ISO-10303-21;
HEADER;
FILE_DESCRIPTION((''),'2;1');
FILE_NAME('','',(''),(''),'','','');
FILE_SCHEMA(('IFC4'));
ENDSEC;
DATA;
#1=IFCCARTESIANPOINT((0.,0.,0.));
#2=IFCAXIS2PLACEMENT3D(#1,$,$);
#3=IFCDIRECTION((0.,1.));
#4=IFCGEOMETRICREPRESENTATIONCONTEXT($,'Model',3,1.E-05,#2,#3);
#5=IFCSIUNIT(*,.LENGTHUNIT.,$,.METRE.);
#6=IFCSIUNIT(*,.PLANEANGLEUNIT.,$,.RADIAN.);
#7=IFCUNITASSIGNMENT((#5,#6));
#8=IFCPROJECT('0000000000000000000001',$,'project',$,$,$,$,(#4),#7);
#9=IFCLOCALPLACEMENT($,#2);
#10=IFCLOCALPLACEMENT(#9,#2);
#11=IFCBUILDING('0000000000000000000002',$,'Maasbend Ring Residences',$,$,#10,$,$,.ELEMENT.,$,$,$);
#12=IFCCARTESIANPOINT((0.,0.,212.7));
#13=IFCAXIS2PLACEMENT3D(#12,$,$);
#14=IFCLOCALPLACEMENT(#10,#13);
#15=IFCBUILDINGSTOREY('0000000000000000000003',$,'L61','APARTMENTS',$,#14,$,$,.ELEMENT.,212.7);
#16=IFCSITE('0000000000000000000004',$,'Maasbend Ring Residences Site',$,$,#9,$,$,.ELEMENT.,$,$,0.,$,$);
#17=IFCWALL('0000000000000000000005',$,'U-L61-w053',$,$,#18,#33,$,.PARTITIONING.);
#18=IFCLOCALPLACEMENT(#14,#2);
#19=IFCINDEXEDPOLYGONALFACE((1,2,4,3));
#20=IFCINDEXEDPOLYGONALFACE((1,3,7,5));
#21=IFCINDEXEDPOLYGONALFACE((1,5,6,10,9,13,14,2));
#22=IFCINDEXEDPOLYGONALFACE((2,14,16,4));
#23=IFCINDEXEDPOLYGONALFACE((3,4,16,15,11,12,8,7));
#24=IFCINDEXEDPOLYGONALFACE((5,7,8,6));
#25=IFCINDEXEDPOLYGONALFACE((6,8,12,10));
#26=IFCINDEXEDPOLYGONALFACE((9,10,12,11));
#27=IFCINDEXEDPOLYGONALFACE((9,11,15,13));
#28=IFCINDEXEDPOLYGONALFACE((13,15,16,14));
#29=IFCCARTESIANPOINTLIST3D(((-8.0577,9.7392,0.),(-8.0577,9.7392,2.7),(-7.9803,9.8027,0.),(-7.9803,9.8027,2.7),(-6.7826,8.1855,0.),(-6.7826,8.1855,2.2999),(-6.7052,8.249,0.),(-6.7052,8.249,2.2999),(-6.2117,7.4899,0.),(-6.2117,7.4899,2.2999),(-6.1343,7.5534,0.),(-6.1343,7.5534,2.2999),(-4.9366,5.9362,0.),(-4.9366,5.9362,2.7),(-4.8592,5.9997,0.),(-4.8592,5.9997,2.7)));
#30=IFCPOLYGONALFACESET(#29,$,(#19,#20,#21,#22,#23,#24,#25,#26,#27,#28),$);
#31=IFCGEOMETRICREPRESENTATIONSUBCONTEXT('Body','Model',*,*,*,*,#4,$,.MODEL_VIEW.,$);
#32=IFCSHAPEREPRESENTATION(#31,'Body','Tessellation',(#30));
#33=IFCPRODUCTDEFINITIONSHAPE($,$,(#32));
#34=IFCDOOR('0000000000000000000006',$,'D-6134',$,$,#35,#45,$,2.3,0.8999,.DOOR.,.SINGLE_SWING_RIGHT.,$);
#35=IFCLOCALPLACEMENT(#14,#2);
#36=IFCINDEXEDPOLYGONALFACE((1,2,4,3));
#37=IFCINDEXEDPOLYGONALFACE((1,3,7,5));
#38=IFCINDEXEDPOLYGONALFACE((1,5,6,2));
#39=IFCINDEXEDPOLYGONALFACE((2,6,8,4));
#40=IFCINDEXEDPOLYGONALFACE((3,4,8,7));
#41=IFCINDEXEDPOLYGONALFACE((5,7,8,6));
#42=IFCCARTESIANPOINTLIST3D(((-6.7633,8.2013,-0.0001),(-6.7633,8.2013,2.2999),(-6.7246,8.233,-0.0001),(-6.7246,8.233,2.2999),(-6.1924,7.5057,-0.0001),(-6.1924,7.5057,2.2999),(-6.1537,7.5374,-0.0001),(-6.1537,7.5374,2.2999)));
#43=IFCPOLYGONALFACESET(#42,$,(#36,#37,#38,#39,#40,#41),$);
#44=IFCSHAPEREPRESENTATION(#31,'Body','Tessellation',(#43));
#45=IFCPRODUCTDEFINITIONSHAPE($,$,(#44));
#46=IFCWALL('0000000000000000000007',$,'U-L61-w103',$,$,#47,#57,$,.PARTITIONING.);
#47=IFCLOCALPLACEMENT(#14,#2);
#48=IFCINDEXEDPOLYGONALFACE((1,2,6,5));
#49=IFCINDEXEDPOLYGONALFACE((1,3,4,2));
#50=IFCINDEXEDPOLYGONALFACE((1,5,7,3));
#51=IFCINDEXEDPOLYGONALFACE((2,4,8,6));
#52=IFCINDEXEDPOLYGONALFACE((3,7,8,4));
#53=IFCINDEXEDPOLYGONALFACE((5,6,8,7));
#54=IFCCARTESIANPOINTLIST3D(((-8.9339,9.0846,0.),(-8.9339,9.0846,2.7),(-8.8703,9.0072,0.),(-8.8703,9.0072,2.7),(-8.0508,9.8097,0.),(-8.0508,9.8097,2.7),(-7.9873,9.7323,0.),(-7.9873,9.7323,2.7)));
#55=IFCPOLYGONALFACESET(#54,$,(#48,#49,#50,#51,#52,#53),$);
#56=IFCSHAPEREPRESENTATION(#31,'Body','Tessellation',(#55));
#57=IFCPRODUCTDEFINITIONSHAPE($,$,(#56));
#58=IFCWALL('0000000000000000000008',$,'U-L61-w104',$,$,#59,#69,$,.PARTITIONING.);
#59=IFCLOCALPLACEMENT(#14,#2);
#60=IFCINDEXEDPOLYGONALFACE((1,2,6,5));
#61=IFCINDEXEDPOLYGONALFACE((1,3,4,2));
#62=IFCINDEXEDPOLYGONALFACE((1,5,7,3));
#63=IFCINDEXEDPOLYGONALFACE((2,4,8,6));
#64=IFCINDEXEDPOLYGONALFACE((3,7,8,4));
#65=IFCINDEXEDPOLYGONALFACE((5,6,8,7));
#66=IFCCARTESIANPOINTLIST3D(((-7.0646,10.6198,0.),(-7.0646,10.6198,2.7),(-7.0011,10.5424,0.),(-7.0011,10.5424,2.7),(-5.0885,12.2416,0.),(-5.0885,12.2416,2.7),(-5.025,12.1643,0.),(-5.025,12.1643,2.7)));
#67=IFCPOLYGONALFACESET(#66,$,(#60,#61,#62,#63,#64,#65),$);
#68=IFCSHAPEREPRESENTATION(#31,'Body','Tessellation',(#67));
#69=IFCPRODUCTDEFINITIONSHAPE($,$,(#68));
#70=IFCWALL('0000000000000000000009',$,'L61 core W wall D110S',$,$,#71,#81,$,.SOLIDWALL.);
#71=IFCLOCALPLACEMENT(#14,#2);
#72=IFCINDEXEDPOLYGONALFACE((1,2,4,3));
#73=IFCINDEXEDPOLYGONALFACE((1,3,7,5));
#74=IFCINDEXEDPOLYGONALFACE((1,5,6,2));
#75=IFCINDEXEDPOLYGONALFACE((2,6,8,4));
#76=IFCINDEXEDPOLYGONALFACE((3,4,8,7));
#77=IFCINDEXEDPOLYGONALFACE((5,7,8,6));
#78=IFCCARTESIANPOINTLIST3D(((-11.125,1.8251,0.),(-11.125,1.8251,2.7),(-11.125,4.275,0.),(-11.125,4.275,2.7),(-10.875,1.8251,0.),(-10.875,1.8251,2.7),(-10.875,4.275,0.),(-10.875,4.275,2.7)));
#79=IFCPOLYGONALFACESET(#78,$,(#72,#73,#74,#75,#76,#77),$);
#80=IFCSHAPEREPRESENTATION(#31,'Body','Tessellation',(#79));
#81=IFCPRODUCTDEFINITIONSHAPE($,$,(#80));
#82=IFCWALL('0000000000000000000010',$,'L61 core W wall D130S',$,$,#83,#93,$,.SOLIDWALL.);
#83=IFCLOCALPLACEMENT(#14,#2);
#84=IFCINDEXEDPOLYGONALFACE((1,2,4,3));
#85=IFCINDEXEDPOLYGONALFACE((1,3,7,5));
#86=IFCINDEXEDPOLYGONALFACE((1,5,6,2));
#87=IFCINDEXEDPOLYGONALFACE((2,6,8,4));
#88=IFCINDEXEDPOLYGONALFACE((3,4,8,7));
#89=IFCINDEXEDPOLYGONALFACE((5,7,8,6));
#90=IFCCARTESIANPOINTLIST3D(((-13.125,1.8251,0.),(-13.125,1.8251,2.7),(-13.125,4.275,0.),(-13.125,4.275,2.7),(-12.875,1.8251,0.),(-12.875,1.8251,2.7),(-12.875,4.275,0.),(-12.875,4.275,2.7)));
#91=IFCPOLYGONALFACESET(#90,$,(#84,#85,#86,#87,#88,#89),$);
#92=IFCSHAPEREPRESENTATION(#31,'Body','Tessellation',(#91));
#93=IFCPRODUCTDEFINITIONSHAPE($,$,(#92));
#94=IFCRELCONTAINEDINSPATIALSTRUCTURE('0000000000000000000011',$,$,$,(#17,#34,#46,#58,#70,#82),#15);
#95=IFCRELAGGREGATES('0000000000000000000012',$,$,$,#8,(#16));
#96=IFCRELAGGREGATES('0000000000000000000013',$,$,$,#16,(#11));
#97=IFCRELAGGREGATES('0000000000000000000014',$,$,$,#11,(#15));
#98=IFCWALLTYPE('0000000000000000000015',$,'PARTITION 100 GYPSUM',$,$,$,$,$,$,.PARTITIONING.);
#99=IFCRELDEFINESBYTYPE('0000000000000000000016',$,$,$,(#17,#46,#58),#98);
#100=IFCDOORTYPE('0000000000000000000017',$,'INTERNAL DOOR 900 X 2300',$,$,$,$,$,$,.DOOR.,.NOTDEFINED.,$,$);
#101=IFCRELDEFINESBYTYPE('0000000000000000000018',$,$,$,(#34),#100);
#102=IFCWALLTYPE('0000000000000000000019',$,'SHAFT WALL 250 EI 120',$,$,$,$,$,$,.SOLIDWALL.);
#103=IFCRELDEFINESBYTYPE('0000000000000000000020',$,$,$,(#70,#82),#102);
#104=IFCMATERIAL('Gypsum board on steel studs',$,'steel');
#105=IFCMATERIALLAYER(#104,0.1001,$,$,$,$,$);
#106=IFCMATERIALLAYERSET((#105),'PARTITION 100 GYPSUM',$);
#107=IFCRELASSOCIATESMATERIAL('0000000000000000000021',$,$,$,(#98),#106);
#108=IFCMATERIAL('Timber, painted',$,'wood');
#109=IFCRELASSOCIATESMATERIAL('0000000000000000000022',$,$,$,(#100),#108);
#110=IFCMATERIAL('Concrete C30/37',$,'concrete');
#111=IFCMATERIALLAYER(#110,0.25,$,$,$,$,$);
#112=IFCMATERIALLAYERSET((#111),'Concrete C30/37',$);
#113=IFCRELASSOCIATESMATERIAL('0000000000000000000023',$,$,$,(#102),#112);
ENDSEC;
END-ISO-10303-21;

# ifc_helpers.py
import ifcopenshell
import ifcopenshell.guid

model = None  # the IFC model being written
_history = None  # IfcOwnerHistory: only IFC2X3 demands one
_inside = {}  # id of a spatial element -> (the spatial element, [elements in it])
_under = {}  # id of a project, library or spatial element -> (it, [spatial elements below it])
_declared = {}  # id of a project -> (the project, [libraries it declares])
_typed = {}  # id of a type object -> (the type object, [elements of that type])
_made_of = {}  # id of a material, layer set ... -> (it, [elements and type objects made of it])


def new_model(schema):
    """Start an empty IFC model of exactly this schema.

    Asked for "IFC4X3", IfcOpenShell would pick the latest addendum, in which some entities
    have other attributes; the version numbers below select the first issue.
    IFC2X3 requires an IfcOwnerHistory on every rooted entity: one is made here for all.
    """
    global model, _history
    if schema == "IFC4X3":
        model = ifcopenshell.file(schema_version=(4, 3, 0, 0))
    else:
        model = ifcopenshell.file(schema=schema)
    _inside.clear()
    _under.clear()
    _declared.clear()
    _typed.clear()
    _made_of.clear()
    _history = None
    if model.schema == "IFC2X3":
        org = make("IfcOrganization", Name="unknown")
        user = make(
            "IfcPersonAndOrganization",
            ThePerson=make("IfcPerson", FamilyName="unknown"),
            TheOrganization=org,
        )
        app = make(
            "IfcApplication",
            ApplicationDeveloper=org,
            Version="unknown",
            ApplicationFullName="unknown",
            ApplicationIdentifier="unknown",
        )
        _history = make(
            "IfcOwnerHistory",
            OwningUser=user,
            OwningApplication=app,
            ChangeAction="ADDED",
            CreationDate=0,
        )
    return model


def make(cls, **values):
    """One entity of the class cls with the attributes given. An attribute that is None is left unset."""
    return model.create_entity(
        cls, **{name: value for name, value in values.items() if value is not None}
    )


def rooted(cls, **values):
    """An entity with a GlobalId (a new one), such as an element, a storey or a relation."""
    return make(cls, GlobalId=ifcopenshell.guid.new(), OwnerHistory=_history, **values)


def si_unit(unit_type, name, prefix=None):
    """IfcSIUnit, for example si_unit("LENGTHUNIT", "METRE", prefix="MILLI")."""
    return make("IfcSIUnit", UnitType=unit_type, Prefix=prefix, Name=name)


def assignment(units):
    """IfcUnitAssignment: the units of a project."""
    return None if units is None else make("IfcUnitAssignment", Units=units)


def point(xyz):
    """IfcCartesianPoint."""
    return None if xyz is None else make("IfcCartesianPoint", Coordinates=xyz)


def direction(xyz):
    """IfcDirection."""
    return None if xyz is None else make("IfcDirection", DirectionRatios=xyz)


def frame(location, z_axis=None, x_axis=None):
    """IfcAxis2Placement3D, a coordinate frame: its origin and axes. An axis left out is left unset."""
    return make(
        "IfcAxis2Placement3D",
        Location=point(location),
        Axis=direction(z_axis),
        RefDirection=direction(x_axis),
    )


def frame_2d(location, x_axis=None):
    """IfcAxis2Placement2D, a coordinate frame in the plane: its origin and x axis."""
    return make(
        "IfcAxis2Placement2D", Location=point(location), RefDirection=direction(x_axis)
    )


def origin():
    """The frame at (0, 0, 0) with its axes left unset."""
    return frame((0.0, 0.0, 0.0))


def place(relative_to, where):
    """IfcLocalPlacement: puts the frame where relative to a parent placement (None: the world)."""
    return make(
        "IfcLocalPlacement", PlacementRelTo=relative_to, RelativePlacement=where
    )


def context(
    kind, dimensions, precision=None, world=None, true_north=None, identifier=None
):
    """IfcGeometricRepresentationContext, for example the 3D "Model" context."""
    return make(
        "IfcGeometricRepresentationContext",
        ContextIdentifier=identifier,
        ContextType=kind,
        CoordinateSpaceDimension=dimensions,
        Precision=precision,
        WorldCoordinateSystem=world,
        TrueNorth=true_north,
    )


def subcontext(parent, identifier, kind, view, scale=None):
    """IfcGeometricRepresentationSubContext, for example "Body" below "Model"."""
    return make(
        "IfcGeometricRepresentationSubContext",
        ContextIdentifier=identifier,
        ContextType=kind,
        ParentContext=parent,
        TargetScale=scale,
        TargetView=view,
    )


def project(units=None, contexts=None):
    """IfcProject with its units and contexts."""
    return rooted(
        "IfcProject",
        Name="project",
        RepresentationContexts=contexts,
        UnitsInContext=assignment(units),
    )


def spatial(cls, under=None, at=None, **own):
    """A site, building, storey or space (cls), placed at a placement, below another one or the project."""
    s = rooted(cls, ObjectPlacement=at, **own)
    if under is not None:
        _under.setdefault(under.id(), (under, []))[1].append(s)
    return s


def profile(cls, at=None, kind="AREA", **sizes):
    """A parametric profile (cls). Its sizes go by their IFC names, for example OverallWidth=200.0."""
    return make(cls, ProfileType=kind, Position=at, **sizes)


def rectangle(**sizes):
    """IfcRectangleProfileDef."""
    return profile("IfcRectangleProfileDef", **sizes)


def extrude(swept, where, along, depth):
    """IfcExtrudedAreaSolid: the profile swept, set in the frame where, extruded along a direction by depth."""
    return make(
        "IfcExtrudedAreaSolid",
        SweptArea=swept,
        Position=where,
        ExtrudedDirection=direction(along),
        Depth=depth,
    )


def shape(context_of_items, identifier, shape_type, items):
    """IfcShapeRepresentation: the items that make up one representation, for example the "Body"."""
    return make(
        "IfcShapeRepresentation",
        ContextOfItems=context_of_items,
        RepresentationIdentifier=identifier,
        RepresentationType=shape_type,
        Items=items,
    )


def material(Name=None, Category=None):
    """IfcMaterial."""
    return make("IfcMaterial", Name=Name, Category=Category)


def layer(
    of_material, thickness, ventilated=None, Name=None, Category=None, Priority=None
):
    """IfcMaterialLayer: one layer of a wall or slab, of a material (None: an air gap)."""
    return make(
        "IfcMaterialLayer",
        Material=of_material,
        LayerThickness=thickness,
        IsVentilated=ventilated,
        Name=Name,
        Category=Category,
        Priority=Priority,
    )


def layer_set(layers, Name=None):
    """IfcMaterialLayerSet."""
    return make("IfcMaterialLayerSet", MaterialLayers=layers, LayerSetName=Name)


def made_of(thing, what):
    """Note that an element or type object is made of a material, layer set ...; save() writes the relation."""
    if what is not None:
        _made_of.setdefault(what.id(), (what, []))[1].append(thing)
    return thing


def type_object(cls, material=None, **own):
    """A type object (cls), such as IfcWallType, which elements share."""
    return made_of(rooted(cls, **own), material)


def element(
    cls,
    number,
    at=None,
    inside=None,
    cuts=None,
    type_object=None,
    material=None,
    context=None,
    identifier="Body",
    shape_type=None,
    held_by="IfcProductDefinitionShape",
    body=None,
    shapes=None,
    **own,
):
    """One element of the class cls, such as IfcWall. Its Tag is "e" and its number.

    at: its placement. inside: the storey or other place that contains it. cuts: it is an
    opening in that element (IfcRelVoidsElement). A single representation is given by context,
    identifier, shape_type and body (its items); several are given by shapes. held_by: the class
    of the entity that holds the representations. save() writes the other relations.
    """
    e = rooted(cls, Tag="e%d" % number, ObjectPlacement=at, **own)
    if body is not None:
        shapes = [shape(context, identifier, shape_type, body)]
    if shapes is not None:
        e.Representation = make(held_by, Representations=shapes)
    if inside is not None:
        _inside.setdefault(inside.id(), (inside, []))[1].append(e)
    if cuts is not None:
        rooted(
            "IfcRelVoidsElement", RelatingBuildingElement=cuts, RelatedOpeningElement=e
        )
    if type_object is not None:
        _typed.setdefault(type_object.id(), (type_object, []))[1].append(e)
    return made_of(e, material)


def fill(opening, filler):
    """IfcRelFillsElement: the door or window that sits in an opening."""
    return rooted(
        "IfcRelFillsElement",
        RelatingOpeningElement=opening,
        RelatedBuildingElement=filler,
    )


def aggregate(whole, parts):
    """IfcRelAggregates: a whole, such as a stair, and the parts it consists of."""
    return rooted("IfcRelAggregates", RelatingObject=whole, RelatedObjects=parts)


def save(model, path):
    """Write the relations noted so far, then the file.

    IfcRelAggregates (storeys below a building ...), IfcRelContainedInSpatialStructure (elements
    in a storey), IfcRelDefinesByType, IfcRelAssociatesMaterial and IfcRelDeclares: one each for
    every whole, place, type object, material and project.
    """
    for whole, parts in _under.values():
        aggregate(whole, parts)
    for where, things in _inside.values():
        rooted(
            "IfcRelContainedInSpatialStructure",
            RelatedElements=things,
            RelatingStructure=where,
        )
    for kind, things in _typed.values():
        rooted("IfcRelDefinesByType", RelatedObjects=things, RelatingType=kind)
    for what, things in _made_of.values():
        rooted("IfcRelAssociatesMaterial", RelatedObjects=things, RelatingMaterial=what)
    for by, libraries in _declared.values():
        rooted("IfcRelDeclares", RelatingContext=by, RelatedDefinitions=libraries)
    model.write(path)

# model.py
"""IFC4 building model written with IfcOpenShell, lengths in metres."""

from ifc_helpers import new_model, si_unit, direction, frame, frame_2d, origin, place, context, subcontext, project, spatial, rectangle, extrude, material, layer, layer_set, type_object, element, fill, save


model = new_model("IFC4")

# Units and contexts
model_context = context("Model", 3, precision=1e-05, world=origin(), true_north=direction((0.0, 1.0)))
body_context = subcontext(model_context, "Body", "Model", "MODEL_VIEW")
ifc_project = project(units=[si_unit("LENGTHUNIT", "METRE"), si_unit("PLANEANGLEUNIT", "RADIAN")], contexts=[model_context])

# Site, building, storey
site_placement = place(None, origin())
site = spatial("IfcSite", under=ifc_project, at=site_placement, Name="Maasbend Ring Residences Site", CompositionType="ELEMENT", RefElevation=0.0)
building_placement = place(site_placement, origin())
building = spatial("IfcBuilding", under=site, at=building_placement, Name="Maasbend Ring Residences", CompositionType="ELEMENT")
storey_placement = place(building_placement, frame((0.0, 0.0, 212.7)))
storey = spatial("IfcBuildingStorey", under=building, at=storey_placement, Name="L61", Description="APARTMENTS", CompositionType="ELEMENT", Elevation=212.7)

# Wall, opening, door
ifc_material_1 = material(Name="Gypsum board on steel studs", Category="steel")
ifc_layer_1 = layer(ifc_material_1, 0.1001)
ifc_layer_set_1 = layer_set([ifc_layer_1], Name="PARTITION 100 GYPSUM")
wall_type_1 = type_object("IfcWallType", Name="PARTITION 100 GYPSUM", PredefinedType="PARTITIONING", material=ifc_layer_set_1)
wall_1_placement = place(storey_placement, frame((-8.019, 9.771, 0.0), z_axis=(0.0, 0.0, 1.0), x_axis=(0.634402, -0.773003, 0.0)))
wall_1 = element("IfcWall", 1, at=wall_1_placement, inside=storey, type_object=wall_type_1, Name="U-L61-w053", PredefinedType="PARTITIONING", context=body_context, shape_type="SweptSolid", body=[
    extrude(rectangle(XDim=4.9197, YDim=0.1001, at=frame_2d((2.46, 0.0))), origin(), (0.0, 0.0, 1.0), 2.7),
])
opening_1_placement = place(wall_1_placement, frame((2.01, 0.0, 0.0)))
opening_1 = element("IfcOpeningElement", 2, at=opening_1_placement, cuts=wall_1, PredefinedType="OPENING", context=body_context, shape_type="SweptSolid", body=[
    extrude(rectangle(XDim=0.8999, YDim=2.3, at=frame_2d((0.45, 1.1499))), frame((0.0, 0.0601, 0.0), z_axis=(0.0, -1.0, 0.0), x_axis=(1.0, 0.0, 0.0)), (0.0, 0.0, 1.0), 0.1201),
])
ifc_material_2 = material(Name="Timber, painted", Category="wood")
door_type_1 = type_object("IfcDoorType", Name="INTERNAL DOOR 900 X 2300", OperationType="NOTDEFINED", PredefinedType="DOOR", material=ifc_material_2)
door_1_placement = place(opening_1_placement, origin())
door_1 = element("IfcDoor", 3, at=door_1_placement, inside=storey, type_object=door_type_1, Name="D-6134", OperationType="SINGLE_SWING_RIGHT", OverallHeight=2.3, OverallWidth=0.8999, PredefinedType="DOOR", context=body_context, shape_type="SweptSolid", body=[
    extrude(rectangle(XDim=0.8999, YDim=2.3, at=frame_2d((0.45, 1.1499))), frame((0.0, 0.0249, 0.0), z_axis=(0.0, -1.0, 0.0), x_axis=(1.0, 0.0, 0.0)), (0.0, 0.0, 1.0), 0.05),
])
fill(opening_1, door_1)

# Walls
wall_2_placement = place(storey_placement, frame((-8.9021, 9.0459, 0.0), z_axis=(0.0, 0.0, 1.0), x_axis=(0.772842, 0.634598, 0.0)))
element("IfcWall", 4, at=wall_2_placement, inside=storey, type_object=wall_type_1, Name="U-L61-w103", PredefinedType="PARTITIONING", context=body_context, shape_type="SweptSolid", body=[
    extrude(rectangle(XDim=1.1426, YDim=0.1001, at=frame_2d((0.5713, 0.0))), origin(), (0.0, 0.0, 1.0), 2.7),
])
wall_3_placement = place(storey_placement, frame((-7.033, 10.5811, 0.0), z_axis=(0.0, 0.0, 1.0), x_axis=(0.772991, 0.634418, 0.0)))
element("IfcWall", 5, at=wall_3_placement, inside=storey, type_object=wall_type_1, Name="U-L61-w104", PredefinedType="PARTITIONING", context=body_context, shape_type="SweptSolid", body=[
    extrude(rectangle(XDim=2.5564, YDim=0.1001, at=frame_2d((1.2783, 0.0))), origin(), (0.0, 0.0, 1.0), 2.7),
])
ifc_material_3 = material(Name="Concrete C30/37", Category="concrete")
ifc_layer_2 = layer(ifc_material_3, 0.25)
ifc_layer_set_2 = layer_set([ifc_layer_2], Name="Concrete C30/37")
wall_type_2 = type_object("IfcWallType", Name="SHAFT WALL 250 EI 120", PredefinedType="SOLIDWALL", material=ifc_layer_set_2)
for number, where, z_axis, x_axis, name in (
    (6, (-11.0, 1.825, 0.0), (0.0, 0.0, 1.0), (0.0, 1.0, 0.0), "L61 core W wall D110S"),
    (7, (-13.0, 1.825, 0.0), (0.0, 0.0, 1.0), (0.0, 1.0, 0.0), "L61 core W wall D130S"),
):
    element("IfcWall", number, at=place(storey_placement, frame(where, z_axis=z_axis, x_axis=x_axis)), inside=storey, type_object=wall_type_2, Name=name, PredefinedType="SOLIDWALL", context=body_context, shape_type="SweptSolid", body=[
        extrude(rectangle(XDim=2.45, YDim=0.25, at=frame_2d((1.2251, 0.0))), origin(), (0.0, 0.0, 1.0), 2.7),
    ])

save(model, "model.ifc")
